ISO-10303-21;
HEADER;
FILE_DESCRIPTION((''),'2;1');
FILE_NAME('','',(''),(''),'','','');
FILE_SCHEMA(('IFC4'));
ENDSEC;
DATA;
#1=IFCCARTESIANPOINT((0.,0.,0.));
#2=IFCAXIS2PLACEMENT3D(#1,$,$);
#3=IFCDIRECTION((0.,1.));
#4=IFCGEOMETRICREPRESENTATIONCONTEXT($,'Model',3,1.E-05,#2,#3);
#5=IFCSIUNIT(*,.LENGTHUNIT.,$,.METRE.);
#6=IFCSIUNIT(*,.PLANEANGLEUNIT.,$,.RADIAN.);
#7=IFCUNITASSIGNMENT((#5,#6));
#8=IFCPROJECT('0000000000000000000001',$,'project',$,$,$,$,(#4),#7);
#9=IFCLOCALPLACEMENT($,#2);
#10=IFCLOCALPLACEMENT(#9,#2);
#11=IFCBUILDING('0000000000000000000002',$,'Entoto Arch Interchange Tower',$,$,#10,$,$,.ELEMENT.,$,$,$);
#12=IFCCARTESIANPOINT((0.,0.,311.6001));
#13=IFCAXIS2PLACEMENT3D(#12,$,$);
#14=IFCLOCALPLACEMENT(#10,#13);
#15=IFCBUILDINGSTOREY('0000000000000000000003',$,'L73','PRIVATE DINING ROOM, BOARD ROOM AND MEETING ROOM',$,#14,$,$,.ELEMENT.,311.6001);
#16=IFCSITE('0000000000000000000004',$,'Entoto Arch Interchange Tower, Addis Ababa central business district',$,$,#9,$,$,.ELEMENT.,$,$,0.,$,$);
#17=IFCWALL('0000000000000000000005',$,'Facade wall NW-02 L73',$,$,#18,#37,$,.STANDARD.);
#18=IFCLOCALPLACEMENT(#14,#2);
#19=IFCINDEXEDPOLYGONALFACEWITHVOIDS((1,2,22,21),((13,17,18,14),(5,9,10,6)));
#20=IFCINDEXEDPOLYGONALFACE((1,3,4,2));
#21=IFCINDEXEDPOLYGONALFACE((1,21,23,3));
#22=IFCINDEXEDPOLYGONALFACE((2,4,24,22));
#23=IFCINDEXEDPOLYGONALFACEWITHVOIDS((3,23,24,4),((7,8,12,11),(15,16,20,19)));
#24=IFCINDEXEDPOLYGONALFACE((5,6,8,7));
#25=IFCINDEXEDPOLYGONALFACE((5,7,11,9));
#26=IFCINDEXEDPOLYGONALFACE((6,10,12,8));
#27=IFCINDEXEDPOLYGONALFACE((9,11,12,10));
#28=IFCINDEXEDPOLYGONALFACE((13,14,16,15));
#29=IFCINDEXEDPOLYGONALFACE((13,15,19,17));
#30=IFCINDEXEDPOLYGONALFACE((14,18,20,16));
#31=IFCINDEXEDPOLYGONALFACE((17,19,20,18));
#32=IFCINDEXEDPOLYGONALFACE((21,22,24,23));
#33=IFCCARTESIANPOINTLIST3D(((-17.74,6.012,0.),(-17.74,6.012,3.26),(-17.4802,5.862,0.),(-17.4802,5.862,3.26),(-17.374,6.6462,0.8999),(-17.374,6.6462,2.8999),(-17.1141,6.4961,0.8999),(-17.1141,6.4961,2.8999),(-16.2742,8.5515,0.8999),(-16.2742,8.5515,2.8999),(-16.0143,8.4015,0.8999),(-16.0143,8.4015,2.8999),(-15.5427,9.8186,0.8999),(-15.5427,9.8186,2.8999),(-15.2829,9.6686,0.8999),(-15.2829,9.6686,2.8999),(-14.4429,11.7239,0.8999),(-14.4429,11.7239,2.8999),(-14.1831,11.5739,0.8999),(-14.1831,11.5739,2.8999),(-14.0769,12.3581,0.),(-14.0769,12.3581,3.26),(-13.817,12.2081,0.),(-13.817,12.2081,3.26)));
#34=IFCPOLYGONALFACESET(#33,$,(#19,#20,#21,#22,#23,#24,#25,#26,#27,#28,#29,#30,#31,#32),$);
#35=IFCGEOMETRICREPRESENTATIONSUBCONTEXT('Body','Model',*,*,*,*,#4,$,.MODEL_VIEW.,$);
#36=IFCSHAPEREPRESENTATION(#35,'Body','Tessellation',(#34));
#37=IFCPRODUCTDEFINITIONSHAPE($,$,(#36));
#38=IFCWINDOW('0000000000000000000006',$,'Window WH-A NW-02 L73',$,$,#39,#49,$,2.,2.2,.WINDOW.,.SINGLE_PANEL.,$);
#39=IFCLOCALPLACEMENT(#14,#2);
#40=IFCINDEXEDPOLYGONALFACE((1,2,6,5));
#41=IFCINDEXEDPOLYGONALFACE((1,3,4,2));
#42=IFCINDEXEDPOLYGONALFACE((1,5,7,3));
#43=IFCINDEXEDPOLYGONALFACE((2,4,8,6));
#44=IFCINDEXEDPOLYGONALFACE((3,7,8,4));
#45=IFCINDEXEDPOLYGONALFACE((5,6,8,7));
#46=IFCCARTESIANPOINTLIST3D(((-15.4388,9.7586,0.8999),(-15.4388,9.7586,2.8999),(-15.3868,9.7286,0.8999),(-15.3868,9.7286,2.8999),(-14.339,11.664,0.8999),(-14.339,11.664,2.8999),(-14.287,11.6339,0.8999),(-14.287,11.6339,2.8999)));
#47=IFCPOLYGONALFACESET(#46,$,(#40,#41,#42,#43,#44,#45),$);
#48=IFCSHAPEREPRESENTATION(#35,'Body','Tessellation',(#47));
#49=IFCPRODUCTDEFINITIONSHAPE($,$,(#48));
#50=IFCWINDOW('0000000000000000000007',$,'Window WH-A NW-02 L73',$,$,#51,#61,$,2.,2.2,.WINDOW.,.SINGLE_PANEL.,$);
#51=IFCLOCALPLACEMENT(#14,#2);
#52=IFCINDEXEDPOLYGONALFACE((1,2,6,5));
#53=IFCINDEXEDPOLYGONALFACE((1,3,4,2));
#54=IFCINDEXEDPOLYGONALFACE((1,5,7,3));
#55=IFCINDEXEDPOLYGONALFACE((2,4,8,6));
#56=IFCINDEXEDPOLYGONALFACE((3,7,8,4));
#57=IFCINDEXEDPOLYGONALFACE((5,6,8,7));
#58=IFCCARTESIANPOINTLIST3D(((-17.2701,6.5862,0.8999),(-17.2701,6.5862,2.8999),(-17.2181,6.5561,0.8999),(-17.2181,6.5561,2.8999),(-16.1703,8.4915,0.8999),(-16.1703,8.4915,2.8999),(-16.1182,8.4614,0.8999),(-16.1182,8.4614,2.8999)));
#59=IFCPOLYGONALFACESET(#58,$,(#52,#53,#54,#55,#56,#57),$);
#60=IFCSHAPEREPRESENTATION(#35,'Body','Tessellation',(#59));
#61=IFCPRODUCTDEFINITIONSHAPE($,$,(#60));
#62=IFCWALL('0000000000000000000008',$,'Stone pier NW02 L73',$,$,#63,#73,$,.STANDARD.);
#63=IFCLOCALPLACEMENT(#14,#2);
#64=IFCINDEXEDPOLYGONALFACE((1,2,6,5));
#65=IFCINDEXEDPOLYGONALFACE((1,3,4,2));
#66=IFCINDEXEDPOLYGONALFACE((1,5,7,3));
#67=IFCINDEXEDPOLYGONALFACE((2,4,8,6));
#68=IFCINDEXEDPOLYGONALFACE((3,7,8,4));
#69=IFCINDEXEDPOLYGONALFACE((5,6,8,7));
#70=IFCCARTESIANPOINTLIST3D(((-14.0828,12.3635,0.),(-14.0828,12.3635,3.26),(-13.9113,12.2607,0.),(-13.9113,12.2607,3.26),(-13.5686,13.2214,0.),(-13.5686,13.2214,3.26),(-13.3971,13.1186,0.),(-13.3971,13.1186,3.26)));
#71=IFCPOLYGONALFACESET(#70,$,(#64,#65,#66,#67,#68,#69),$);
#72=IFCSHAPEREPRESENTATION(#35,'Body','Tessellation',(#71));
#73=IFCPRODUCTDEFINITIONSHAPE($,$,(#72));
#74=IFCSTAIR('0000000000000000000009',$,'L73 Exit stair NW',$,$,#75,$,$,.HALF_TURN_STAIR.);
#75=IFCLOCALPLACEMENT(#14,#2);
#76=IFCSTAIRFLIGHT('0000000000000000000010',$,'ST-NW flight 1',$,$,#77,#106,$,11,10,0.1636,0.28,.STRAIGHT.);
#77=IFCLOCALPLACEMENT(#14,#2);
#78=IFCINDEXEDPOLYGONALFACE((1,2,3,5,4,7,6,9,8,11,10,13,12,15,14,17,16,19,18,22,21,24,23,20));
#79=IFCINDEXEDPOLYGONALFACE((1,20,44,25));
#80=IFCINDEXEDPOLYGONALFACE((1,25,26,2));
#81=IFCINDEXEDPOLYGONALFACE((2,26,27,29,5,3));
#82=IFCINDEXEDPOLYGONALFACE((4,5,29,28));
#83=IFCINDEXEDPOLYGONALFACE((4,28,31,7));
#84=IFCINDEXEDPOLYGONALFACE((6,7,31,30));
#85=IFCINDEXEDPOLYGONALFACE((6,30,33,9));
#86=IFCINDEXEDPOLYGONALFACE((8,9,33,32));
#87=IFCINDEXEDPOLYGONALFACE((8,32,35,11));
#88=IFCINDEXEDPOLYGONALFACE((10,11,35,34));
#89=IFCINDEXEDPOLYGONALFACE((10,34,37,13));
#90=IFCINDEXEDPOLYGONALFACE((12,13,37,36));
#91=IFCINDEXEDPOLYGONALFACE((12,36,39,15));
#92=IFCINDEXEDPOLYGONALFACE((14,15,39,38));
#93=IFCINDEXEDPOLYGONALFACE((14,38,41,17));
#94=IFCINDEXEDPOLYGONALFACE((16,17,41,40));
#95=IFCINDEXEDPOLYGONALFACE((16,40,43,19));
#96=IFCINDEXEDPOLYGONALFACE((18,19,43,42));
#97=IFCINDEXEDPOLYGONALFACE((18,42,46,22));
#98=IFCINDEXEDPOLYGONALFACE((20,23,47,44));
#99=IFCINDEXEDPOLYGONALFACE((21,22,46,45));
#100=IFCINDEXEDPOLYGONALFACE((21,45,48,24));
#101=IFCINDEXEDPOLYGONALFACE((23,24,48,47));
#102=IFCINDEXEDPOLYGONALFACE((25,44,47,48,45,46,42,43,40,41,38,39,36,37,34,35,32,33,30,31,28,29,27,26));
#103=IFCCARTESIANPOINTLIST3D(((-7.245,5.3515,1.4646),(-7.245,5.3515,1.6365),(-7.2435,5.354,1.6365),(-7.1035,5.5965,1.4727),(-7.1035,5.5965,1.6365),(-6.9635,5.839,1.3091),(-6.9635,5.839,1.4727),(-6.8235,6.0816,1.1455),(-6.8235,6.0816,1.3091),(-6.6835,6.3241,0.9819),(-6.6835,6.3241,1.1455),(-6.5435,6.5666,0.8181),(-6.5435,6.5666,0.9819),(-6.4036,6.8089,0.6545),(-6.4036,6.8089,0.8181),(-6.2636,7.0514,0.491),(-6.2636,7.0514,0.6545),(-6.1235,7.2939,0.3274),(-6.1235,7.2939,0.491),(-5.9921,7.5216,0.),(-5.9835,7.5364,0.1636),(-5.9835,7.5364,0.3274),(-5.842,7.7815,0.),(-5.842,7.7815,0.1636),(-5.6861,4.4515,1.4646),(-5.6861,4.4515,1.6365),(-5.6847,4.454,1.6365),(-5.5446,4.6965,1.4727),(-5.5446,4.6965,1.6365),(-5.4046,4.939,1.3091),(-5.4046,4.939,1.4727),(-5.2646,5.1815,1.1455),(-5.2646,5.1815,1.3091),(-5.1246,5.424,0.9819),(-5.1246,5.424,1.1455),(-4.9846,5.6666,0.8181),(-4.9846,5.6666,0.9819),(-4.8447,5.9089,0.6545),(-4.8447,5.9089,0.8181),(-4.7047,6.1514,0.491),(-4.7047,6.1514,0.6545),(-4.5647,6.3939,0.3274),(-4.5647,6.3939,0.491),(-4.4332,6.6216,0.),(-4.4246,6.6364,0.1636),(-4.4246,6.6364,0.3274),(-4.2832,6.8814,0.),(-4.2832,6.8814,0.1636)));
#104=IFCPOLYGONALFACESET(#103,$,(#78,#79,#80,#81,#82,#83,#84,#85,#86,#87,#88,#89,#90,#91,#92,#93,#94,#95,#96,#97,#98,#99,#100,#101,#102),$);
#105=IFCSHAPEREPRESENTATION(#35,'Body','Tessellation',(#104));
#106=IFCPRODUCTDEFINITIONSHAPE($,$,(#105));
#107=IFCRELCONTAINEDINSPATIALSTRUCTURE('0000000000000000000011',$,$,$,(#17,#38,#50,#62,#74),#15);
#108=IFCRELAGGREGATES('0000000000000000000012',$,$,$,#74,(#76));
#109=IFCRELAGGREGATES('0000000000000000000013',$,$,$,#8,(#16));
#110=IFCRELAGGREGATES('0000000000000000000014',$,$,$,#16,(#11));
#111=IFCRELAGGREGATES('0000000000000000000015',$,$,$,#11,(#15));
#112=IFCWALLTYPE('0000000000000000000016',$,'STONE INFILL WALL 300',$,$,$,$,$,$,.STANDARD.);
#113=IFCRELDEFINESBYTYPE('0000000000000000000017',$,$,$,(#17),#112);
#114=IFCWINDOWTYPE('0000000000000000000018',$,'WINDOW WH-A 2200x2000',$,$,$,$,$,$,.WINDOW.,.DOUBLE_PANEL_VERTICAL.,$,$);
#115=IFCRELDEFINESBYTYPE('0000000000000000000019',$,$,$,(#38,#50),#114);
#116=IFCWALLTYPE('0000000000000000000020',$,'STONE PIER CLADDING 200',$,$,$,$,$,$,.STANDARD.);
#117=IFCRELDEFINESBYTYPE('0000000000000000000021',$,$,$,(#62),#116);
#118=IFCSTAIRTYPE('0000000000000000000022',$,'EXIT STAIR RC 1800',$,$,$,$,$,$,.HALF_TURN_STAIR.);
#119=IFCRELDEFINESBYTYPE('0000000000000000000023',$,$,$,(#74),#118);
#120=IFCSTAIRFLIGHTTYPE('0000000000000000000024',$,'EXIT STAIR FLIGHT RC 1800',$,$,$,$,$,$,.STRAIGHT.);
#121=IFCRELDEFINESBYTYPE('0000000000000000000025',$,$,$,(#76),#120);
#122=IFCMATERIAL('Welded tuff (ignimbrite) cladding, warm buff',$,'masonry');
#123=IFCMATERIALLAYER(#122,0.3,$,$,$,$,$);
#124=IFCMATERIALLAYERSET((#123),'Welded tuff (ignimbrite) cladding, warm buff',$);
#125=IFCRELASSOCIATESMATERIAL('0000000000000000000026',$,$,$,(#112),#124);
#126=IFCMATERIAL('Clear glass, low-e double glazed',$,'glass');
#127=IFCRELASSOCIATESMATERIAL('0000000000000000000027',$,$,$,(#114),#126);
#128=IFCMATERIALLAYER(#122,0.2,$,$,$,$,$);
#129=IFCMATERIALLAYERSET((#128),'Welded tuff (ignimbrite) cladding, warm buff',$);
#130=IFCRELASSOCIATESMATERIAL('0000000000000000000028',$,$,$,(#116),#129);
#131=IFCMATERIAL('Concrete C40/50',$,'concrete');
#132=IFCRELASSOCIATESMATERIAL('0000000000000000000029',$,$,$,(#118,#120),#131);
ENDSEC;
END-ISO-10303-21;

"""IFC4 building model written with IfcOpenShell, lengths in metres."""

from ifc_helpers import new_model, si_unit, direction, frame, frame_2d, origin, place, context, subcontext, project, spatial, polyline, rectangle, outline, extrude, material, layer, layer_set, type_object, element, fill, aggregate, save


model = new_model("IFC4")

# Units and contexts
model_context = context("Model", 3, precision=1e-05, world=origin(), true_north=direction((0.0, 1.0)))
body_context = subcontext(model_context, "Body", "Model", "MODEL_VIEW")
ifc_project = project(units=[si_unit("LENGTHUNIT", "METRE"), si_unit("PLANEANGLEUNIT", "RADIAN")], contexts=[model_context])

# Site, building, storey
site_placement = place(None, origin())
site = spatial("IfcSite", under=ifc_project, at=site_placement, Name="Entoto Arch Interchange Tower, Addis Ababa central business district", CompositionType="ELEMENT", RefElevation=0.0)
building_placement = place(site_placement, origin())
building = spatial("IfcBuilding", under=site, at=building_placement, Name="Entoto Arch Interchange Tower", CompositionType="ELEMENT")
storey_placement = place(building_placement, frame((0.0, 0.0, 311.6001)))
storey = spatial("IfcBuildingStorey", under=building, at=storey_placement, Name="L73", Description="PRIVATE DINING ROOM, BOARD ROOM AND MEETING ROOM", CompositionType="ELEMENT", Elevation=311.6001)

# Shared definitions
ifc_material_1 = material(Name="Concrete C40/50", Category="concrete")

# Wall, openings, windows
ifc_material_2 = material(Name="Welded tuff (ignimbrite) cladding, warm buff", Category="masonry")
ifc_layer_1 = layer(ifc_material_2, 0.3)
ifc_layer_set_1 = layer_set([ifc_layer_1], Name="Welded tuff (ignimbrite) cladding, warm buff")
wall_type_1 = type_object("IfcWallType", Name="STONE INFILL WALL 300", PredefinedType="STANDARD", material=ifc_layer_set_1)
wall_1_placement = place(storey_placement, frame((-13.947, 12.283, 0.0), z_axis=(0.0, 0.0, 1.0), x_axis=(-0.499923, -0.86607, 0.0)))
wall_1 = element("IfcWall", 1, at=wall_1_placement, inside=storey, type_object=wall_type_1, Name="Facade wall NW-02 L73", PredefinedType="STANDARD", context=body_context, shape_type="SweptSolid", body=[
    extrude(rectangle(XDim=7.3274, YDim=0.3, at=frame_2d((3.6636, 0.0))), origin(), (0.0, 0.0, 1.0), 3.26),
])
opening_1_placement = place(wall_1_placement, frame((0.7319, 0.0, 0.8999)))
opening_1 = element("IfcOpeningElement", 2, at=opening_1_placement, cuts=wall_1, PredefinedType="OPENING", context=body_context, shape_type="SweptSolid", body=[
    extrude(rectangle(XDim=2.2, YDim=2.0, at=frame_2d((1.1001, 1.0))), frame((0.0, 0.1602, 0.0), z_axis=(0.0, -1.0, 0.0), x_axis=(1.0, 0.0, 0.0)), (0.0, 0.0, 1.0), 0.3201),
])
opening_2_placement = place(wall_1_placement, frame((4.395, 0.0, 0.8999)))
opening_2 = element("IfcOpeningElement", 3, at=opening_2_placement, cuts=wall_1, PredefinedType="OPENING", context=body_context, shape_type="SweptSolid", body=[
    extrude(rectangle(XDim=2.2, YDim=2.0, at=frame_2d((1.1001, 1.0))), frame((0.0, 0.1602, 0.0), z_axis=(0.0, -1.0, 0.0), x_axis=(1.0, 0.0, 0.0)), (0.0, 0.0, 1.0), 0.3201),
])
ifc_material_3 = material(Name="Clear glass, low-e double glazed", Category="glass")
window_type = type_object("IfcWindowType", Name="WINDOW WH-A 2200x2000", PartitioningType="DOUBLE_PANEL_VERTICAL", PredefinedType="WINDOW", material=ifc_material_3)
window_1_placement = place(opening_1_placement, origin())
window_1 = element("IfcWindow", 4, at=window_1_placement, inside=storey, type_object=window_type, Name="Window WH-A NW-02 L73", OverallHeight=2.0, OverallWidth=2.2, PartitioningType="SINGLE_PANEL", PredefinedType="WINDOW", context=body_context, shape_type="SweptSolid", body=[
    extrude(rectangle(XDim=2.2, YDim=2.0, at=frame_2d((1.1001, 1.0))), frame((0.0, 0.03, 0.0), z_axis=(0.0, -1.0, 0.0), x_axis=(1.0, 0.0, 0.0)), (0.0, 0.0, 1.0), 0.0601),
])
fill(opening_1, window_1)
window_2_placement = place(opening_2_placement, origin())
window_2 = element("IfcWindow", 5, at=window_2_placement, inside=storey, type_object=window_type, Name="Window WH-A NW-02 L73", OverallHeight=2.0, OverallWidth=2.2, PartitioningType="SINGLE_PANEL", PredefinedType="WINDOW", context=body_context, shape_type="SweptSolid", body=[
    extrude(rectangle(XDim=2.2, YDim=2.0, at=frame_2d((1.1001, 1.0))), frame((0.0, 0.03, 0.0), z_axis=(0.0, -1.0, 0.0), x_axis=(1.0, 0.0, 0.0)), (0.0, 0.0, 1.0), 0.0601),
])
fill(opening_2, window_2)

# Wall
ifc_layer_2 = layer(ifc_material_2, 0.2)
ifc_layer_set_2 = layer_set([ifc_layer_2], Name="Welded tuff (ignimbrite) cladding, warm buff")
wall_type_2 = type_object("IfcWallType", Name="STONE PIER CLADDING 200", PredefinedType="STANDARD", material=ifc_layer_set_2)
wall_2_placement = place(storey_placement, frame((-13.4829, 13.1699, 0.0), z_axis=(0.0, 0.0, 1.0), x_axis=(-0.514065, -0.857751, 0.0)))
element("IfcWall", 6, at=wall_2_placement, inside=storey, type_object=wall_type_2, Name="Stone pier NW02 L73", PredefinedType="STANDARD", context=body_context, shape_type="SweptSolid", body=[
    extrude(rectangle(XDim=1.0002, YDim=0.2, at=frame_2d((0.5, 0.0))), origin(), (0.0, 0.0, 1.0), 3.26),
])

# Stair, stair flight
stair_type = type_object("IfcStairType", Name="EXIT STAIR RC 1800", PredefinedType="HALF_TURN_STAIR", material=ifc_material_1)
stair_placement = place(storey_placement, origin())
stair = element("IfcStair", 7, at=stair_placement, inside=storey, type_object=stair_type, Name="L73 Exit stair NW", PredefinedType="HALF_TURN_STAIR")
stair_flight_type = type_object("IfcStairFlightType", Name="EXIT STAIR FLIGHT RC 1800", PredefinedType="STRAIGHT", material=ifc_material_1)
stair_flight_placement = place(storey_placement, frame((-5.064, 7.3289, 0.0), z_axis=(0.0, 0.0, 1.0), x_axis=(-0.5, -0.866025, 0.0)))
stair_flight = element("IfcStairFlight", 8, at=stair_flight_placement, type_object=stair_flight_type, Name="ST-NW flight 1", NumberOfRisers=11, NumberOfTreads=10, PredefinedType="STRAIGHT", RiserHeight=0.1636, TreadLength=0.28, context=body_context, shape_type="SweptSolid", body=[
    extrude(outline(polyline([(-0.0029, 0.0), (-0.0029, 0.1636), (0.28, 0.1636), (0.28, 0.3274), (0.5601, 0.3274), (0.5601, 0.491), (0.8401, 0.491), (0.8401, 0.6545), (1.1201, 0.6545), (1.1201, 0.8181), (1.3999, 0.8181), (1.3999, 0.9819), (1.6799, 0.9819), (1.6799, 1.1455), (1.96, 1.1455), (1.96, 1.3091), (2.24, 1.3091), (2.24, 1.4727), (2.52, 1.4727), (2.52, 1.6365), (2.8, 1.6365), (2.803, 1.6365), (2.803, 1.4646), (0.2971, 0.0), (-0.0029, 0.0)])), frame((0.0, 0.8999, 0.0), z_axis=(0.0, -1.0, 0.0), x_axis=(1.0, 0.0, 0.0)), (0.0, 0.0, 1.0), 1.8),
])
aggregate(stair, [stair_flight])

save(model, "model.ifc")
